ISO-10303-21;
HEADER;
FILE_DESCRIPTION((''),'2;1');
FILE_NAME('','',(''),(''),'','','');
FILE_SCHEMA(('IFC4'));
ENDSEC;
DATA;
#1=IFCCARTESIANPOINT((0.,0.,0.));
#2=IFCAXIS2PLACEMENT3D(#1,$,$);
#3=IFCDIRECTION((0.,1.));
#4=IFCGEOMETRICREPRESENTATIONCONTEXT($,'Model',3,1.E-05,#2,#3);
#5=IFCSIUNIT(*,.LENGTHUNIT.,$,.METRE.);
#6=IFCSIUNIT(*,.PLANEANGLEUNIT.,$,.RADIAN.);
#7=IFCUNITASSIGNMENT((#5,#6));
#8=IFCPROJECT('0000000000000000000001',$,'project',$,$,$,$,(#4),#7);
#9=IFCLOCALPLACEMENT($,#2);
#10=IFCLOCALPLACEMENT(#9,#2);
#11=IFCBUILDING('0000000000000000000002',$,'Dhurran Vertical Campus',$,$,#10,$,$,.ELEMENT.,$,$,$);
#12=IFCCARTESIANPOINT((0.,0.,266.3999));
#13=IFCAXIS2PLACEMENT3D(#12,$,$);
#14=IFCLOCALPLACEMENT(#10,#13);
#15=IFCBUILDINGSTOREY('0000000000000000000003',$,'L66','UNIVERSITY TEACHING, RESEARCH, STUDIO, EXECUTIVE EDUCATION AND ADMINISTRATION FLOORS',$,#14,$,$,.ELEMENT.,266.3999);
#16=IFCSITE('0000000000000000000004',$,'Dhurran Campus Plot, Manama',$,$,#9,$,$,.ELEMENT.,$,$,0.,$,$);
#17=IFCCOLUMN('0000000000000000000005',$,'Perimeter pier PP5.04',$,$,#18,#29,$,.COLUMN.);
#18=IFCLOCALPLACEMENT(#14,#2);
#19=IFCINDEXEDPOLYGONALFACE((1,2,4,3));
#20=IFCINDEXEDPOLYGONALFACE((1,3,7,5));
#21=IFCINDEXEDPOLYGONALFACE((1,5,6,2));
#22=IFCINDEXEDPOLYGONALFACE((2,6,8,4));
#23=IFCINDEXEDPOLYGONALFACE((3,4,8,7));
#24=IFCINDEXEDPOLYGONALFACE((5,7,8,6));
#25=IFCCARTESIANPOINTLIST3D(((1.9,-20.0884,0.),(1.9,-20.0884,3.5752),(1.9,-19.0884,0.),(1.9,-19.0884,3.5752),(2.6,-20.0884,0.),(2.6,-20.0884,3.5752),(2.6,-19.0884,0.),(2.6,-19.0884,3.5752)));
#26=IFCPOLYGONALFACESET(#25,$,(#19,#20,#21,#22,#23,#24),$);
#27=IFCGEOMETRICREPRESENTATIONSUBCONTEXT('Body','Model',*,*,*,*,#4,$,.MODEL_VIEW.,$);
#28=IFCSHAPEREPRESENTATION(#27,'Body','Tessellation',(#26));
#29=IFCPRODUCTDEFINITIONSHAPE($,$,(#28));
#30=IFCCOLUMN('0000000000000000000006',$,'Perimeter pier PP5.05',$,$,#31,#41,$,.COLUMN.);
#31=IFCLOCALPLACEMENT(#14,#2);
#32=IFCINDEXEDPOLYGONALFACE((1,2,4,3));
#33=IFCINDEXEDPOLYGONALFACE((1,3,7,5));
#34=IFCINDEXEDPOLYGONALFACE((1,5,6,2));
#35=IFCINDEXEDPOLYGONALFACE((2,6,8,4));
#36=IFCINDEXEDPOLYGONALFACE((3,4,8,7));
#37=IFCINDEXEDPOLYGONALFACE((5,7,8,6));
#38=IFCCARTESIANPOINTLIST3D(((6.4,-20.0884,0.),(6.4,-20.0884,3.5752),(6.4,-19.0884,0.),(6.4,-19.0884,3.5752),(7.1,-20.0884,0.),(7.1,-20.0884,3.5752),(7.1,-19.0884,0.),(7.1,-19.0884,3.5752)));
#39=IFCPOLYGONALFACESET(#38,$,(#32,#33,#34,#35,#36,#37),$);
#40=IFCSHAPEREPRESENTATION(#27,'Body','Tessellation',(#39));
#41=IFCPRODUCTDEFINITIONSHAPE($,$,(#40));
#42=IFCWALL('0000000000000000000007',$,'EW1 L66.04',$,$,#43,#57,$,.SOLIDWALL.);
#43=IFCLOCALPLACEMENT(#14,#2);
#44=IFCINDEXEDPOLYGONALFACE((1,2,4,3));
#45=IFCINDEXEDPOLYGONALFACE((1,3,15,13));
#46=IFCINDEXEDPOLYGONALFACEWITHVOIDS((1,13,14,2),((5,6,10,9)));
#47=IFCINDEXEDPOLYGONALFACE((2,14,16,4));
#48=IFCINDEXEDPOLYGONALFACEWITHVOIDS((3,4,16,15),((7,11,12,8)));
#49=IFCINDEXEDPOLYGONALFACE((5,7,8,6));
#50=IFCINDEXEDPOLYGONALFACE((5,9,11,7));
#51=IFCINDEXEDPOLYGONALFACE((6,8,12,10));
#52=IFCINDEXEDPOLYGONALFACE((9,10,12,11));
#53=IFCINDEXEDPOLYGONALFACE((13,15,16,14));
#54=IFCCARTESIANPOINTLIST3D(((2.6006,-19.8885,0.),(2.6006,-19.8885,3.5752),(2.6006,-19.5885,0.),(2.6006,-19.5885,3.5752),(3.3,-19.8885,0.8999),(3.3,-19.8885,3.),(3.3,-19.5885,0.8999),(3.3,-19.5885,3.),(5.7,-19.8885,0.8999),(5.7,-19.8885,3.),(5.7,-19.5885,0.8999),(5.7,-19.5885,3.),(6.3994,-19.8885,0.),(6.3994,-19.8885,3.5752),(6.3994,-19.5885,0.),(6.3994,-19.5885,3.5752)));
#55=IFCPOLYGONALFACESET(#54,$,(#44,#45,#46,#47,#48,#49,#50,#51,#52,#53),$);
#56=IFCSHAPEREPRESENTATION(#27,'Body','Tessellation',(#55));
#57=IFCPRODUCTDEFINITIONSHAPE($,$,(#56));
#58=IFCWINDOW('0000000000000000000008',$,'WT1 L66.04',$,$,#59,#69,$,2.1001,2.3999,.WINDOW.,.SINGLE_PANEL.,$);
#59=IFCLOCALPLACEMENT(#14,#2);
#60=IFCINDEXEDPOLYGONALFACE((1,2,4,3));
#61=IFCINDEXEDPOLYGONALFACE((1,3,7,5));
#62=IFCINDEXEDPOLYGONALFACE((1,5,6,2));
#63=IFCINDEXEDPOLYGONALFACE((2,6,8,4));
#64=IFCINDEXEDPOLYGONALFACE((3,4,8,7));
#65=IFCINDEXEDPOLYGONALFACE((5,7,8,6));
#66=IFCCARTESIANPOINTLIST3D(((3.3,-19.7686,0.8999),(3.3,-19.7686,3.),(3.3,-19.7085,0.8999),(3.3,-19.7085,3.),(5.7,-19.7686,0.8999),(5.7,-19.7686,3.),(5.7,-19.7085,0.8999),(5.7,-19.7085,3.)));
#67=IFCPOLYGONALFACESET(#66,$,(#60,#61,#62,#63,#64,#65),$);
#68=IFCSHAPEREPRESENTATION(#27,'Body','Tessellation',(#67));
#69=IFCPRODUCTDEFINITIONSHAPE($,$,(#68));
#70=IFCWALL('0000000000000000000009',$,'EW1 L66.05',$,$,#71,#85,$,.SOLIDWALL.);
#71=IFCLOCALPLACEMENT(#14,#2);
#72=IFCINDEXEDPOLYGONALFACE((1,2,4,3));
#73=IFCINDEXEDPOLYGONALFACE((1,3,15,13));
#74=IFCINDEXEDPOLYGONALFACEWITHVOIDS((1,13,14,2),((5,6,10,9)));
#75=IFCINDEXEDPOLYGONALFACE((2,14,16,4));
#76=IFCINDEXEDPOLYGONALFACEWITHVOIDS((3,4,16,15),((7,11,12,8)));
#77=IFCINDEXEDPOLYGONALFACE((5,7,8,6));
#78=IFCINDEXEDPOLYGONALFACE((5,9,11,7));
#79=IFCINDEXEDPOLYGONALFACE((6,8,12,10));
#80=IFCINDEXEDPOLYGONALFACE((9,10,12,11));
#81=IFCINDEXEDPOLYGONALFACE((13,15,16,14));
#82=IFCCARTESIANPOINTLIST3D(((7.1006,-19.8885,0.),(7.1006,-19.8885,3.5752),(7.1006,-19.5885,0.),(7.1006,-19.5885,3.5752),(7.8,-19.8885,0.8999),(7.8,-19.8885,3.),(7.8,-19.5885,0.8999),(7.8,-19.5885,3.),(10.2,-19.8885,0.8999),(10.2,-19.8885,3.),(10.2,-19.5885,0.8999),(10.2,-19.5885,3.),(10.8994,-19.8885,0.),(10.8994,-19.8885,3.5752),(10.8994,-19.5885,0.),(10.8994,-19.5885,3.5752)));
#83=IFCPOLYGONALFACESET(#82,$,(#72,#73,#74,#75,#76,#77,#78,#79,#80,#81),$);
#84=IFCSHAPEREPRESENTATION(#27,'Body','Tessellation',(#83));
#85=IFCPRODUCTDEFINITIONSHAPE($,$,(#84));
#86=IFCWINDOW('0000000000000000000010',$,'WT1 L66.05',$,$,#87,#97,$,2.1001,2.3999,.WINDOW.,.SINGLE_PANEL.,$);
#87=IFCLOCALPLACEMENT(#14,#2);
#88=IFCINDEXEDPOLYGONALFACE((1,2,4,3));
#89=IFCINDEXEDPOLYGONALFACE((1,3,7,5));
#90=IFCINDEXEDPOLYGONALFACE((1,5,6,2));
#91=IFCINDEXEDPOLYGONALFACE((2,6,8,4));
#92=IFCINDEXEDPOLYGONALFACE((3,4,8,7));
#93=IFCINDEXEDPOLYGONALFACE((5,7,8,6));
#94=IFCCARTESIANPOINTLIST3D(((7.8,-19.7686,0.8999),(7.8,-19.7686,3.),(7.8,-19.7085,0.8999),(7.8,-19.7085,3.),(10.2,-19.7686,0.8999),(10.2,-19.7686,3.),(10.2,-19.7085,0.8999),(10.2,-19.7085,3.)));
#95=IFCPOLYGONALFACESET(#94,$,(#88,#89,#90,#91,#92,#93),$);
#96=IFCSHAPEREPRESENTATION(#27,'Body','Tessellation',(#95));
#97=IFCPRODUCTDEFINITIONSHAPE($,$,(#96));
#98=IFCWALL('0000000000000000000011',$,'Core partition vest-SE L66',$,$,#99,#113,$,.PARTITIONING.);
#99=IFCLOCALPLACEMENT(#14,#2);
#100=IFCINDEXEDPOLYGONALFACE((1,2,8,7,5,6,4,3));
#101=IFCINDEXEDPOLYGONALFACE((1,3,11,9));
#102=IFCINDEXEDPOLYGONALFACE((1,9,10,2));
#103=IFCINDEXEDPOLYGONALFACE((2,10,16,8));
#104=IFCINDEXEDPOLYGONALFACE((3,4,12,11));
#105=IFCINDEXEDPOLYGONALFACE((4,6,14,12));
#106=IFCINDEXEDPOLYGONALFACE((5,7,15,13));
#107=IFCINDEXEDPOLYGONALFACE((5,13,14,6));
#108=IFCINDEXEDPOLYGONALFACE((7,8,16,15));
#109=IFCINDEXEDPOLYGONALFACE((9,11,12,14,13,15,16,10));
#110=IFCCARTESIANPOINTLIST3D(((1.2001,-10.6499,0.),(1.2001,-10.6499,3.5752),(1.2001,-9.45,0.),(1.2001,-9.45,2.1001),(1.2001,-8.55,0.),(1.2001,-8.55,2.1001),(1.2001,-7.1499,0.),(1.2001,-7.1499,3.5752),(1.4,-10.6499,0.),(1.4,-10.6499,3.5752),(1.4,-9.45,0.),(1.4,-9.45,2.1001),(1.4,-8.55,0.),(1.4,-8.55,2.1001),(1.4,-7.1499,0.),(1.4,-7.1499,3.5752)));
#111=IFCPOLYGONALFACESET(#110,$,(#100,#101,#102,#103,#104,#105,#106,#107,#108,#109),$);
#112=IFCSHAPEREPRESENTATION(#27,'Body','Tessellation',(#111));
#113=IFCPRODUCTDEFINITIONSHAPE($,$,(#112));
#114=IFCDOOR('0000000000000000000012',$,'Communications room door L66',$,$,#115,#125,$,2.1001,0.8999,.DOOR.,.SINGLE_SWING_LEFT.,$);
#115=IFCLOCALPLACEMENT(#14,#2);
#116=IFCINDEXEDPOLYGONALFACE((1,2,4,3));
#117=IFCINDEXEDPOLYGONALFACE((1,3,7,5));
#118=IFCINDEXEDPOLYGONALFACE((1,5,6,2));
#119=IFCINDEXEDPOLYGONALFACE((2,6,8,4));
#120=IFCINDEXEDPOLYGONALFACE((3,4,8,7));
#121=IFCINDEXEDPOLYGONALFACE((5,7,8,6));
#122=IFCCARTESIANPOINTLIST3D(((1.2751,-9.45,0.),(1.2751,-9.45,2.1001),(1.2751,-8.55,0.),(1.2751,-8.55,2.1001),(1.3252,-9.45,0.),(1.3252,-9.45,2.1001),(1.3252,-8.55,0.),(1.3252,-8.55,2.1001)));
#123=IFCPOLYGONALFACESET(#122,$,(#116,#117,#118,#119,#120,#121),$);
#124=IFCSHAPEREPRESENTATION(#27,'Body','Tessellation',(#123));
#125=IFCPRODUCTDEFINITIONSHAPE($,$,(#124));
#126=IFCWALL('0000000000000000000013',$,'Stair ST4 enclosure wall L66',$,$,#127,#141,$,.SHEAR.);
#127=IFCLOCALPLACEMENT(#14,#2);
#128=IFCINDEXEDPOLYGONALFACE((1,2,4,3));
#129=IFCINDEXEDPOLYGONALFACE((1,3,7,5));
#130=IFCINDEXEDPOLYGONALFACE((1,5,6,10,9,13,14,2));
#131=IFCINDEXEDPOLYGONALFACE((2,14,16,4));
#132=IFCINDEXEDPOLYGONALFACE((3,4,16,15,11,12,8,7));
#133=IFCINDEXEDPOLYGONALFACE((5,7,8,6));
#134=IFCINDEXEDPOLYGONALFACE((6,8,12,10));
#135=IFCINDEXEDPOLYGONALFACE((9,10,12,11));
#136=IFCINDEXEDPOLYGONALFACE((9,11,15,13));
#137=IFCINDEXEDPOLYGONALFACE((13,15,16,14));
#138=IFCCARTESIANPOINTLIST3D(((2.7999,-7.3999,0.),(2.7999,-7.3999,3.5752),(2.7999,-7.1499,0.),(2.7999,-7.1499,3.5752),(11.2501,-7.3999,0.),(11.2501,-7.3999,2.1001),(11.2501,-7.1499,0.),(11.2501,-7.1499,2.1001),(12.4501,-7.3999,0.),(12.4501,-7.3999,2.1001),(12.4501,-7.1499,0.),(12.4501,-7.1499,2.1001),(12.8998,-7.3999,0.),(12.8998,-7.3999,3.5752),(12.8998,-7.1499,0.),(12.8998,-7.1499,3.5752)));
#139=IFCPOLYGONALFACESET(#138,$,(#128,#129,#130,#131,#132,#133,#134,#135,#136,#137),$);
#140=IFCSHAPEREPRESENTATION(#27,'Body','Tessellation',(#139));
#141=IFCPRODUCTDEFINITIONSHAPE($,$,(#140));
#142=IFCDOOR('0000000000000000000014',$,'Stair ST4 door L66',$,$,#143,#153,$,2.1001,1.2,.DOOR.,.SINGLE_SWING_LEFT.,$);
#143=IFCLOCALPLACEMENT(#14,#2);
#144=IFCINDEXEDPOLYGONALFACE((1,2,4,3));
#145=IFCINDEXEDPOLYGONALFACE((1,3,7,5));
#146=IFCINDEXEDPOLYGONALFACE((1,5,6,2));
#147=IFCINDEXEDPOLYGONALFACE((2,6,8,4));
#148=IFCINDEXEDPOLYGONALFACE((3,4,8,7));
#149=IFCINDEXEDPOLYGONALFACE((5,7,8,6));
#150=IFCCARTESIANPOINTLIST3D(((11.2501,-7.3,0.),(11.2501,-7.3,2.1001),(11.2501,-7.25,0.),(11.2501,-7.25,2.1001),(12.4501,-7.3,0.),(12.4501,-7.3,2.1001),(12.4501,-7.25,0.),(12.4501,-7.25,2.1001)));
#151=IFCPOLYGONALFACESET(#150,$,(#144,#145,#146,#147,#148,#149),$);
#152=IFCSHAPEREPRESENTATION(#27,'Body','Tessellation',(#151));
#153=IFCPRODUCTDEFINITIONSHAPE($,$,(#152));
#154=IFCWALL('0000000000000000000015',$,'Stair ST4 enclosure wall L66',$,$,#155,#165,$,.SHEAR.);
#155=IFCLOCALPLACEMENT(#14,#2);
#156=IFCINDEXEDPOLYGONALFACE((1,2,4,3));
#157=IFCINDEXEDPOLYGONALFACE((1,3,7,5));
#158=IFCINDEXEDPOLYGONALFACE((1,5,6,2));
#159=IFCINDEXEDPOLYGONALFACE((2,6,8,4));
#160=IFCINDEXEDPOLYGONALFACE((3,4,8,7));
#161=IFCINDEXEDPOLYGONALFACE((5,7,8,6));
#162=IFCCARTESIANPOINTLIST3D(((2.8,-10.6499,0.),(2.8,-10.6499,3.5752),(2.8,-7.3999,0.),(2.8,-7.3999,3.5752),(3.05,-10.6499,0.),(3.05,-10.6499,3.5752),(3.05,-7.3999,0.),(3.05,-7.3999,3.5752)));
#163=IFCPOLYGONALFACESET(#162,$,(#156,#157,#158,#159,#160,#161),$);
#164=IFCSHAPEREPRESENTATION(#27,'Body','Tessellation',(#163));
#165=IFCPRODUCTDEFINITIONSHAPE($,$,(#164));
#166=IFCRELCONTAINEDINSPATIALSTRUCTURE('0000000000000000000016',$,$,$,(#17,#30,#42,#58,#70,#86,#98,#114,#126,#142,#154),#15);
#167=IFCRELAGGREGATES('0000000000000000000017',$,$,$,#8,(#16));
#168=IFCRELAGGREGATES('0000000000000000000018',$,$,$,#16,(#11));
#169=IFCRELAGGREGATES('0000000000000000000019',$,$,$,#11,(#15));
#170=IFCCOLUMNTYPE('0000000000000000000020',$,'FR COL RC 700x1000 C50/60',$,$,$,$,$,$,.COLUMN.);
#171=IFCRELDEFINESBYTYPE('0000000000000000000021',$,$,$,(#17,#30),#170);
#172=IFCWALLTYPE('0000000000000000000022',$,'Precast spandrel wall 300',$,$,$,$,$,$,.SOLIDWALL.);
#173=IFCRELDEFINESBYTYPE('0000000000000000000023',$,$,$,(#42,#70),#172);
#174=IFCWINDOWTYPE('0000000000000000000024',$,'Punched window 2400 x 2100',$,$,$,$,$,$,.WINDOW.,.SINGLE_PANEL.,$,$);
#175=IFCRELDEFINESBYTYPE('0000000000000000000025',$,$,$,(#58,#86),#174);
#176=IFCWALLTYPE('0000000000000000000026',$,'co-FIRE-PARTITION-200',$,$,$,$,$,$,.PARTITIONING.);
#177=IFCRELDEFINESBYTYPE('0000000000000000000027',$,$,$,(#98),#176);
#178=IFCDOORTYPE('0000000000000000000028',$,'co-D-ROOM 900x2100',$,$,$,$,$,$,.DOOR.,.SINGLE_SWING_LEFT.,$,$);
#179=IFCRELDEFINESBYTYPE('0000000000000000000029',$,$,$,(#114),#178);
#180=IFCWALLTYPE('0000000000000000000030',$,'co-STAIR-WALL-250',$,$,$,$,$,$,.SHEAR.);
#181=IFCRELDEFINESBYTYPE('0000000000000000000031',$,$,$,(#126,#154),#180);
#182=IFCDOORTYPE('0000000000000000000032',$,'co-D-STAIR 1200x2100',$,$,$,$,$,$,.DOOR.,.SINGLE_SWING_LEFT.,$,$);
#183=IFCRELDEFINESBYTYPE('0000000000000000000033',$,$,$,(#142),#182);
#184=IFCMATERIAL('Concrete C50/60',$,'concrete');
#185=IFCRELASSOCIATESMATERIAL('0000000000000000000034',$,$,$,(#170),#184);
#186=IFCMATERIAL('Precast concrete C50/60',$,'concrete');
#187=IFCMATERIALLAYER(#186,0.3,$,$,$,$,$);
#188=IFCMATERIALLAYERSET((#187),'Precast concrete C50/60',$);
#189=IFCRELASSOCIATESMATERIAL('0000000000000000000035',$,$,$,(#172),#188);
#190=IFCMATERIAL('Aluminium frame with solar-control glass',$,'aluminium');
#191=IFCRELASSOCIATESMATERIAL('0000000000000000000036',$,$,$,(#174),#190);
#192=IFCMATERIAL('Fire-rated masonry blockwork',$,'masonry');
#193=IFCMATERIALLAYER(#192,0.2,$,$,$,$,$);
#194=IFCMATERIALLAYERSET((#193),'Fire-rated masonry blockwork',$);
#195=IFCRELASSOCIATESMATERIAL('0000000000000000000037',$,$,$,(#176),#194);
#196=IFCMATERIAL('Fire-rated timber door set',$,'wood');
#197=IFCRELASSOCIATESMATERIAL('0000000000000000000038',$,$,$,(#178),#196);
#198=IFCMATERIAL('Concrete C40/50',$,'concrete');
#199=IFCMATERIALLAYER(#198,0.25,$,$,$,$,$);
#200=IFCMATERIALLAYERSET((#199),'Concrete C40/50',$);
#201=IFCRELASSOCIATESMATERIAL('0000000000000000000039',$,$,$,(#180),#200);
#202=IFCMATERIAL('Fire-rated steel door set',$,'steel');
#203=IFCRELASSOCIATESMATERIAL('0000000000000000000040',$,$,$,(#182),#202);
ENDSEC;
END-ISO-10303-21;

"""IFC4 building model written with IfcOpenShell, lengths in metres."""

from ifc_helpers import new_model, si_unit, direction, frame, frame_2d, origin, origin_2d, place, context, subcontext, project, spatial, rectangle, extrude, material, layer, layer_set, material_profile, profile_set, type_object, element, fill, save


model = new_model("IFC4")

# Units and contexts
model_context = context("Model", 3, precision=1e-05, world=origin(), true_north=direction((0.0, 1.0)))
body_context = subcontext(model_context, "Body", "Model", "MODEL_VIEW")
ifc_project = project(units=[si_unit("LENGTHUNIT", "METRE"), si_unit("PLANEANGLEUNIT", "RADIAN")], contexts=[model_context])

# Site, building, storey
site_placement = place(None, origin())
site = spatial("IfcSite", under=ifc_project, at=site_placement, Name="Dhurran Campus Plot, Manama", CompositionType="ELEMENT", RefElevation=0.0)
building_placement = place(site_placement, origin())
building = spatial("IfcBuilding", under=site, at=building_placement, Name="Dhurran Vertical Campus", CompositionType="ELEMENT")
storey_placement = place(building_placement, frame((0.0, 0.0, 266.3999)))
storey = spatial("IfcBuildingStorey", under=building, at=storey_placement, Name="L66", Description="UNIVERSITY TEACHING, RESEARCH, STUDIO, EXECUTIVE EDUCATION AND ADMINISTRATION FLOORS", CompositionType="ELEMENT", Elevation=266.3999)

# Columns
ifc_material_1 = material(Name="Concrete C50/60", Category="concrete")
ifc_material_profile = material_profile(ifc_material_1, rectangle(XDim=0.7, YDim=1.0, at=origin_2d()), Name="RC 700x1000")
ifc_profile_set = profile_set([ifc_material_profile], Name="Concrete C50/60")
column_type = type_object("IfcColumnType", Name="FR COL RC 700x1000 C50/60", PredefinedType="COLUMN", material=ifc_profile_set)
for number, where, z_axis, x_axis, name in (
    (1, (2.25, -19.5884, 0.0), (0.0, 0.0, 1.0), (1.0, 0.0, 0.0), "Perimeter pier PP5.04"),
    (2, (6.75, -19.5884, 0.0), (0.0, 0.0, 1.0), (1.0, 0.0, 0.0), "Perimeter pier PP5.05"),
):
    element("IfcColumn", number, at=place(storey_placement, frame(where, z_axis=z_axis, x_axis=x_axis)), inside=storey, type_object=column_type, Name=name, PredefinedType="COLUMN", context=body_context, shape_type="SweptSolid", body=[
        extrude(rectangle(XDim=0.7, YDim=1.0, at=origin_2d()), origin(), (0.0, 0.0, 1.0), 3.5752),
    ])

# Walls, openings, windows
ifc_material_2 = material(Name="Precast concrete C50/60", Category="concrete")
ifc_layer_1 = layer(ifc_material_2, 0.3)
ifc_layer_set_1 = layer_set([ifc_layer_1], Name="Precast concrete C50/60")
wall_type_1 = type_object("IfcWallType", Name="Precast spandrel wall 300", PredefinedType="SOLIDWALL", material=ifc_layer_set_1)
wall_1_placement = place(storey_placement, frame((2.6006, -19.7385, 0.0), z_axis=(0.0, 0.0, 1.0), x_axis=(1.0, 0.0, 0.0)))
wall_1 = element("IfcWall", 3, at=wall_1_placement, inside=storey, type_object=wall_type_1, Name="EW1 L66.04", PredefinedType="SOLIDWALL", context=body_context, shape_type="SweptSolid", body=[
    extrude(rectangle(XDim=3.7988, YDim=0.3, at=frame_2d((1.8994, 0.0))), origin(), (0.0, 0.0, 1.0), 3.5752),
])
opening_1_placement = place(wall_1_placement, frame((0.6995, 0.0, 0.8999)))
opening_1 = element("IfcOpeningElement", 4, at=opening_1_placement, cuts=wall_1, PredefinedType="OPENING", context=body_context, shape_type="SweptSolid", body=[
    extrude(rectangle(XDim=2.3999, YDim=2.1001, at=frame_2d((1.2, 1.05))), frame((0.0, 0.1599, 0.0), z_axis=(0.0, -1.0, 0.0), x_axis=(1.0, 0.0, 0.0)), (0.0, 0.0, 1.0), 0.3201),
])
ifc_material_3 = material(Name="Aluminium frame with solar-control glass", Category="aluminium")
window_type = type_object("IfcWindowType", Name="Punched window 2400 x 2100", PartitioningType="SINGLE_PANEL", PredefinedType="WINDOW", material=ifc_material_3)
window_1_placement = place(opening_1_placement, origin())
window_1 = element("IfcWindow", 5, at=window_1_placement, inside=storey, type_object=window_type, Name="WT1 L66.04", OverallHeight=2.1001, OverallWidth=2.3999, PartitioningType="SINGLE_PANEL", PredefinedType="WINDOW", context=body_context, shape_type="SweptSolid", body=[
    extrude(rectangle(XDim=2.3999, YDim=2.1001, at=frame_2d((1.2, 1.05))), frame((0.0, 0.03, 0.0), z_axis=(0.0, -1.0, 0.0), x_axis=(1.0, 0.0, 0.0)), (0.0, 0.0, 1.0), 0.0601),
])
fill(opening_1, window_1)
wall_2_placement = place(storey_placement, frame((7.1006, -19.7385, 0.0), z_axis=(0.0, 0.0, 1.0), x_axis=(1.0, 0.0, 0.0)))
wall_2 = element("IfcWall", 6, at=wall_2_placement, inside=storey, type_object=wall_type_1, Name="EW1 L66.05", PredefinedType="SOLIDWALL", context=body_context, shape_type="SweptSolid", body=[
    extrude(rectangle(XDim=3.7988, YDim=0.3, at=frame_2d((1.8994, 0.0))), origin(), (0.0, 0.0, 1.0), 3.5752),
])
opening_2_placement = place(wall_2_placement, frame((0.6995, 0.0, 0.8999)))
opening_2 = element("IfcOpeningElement", 7, at=opening_2_placement, cuts=wall_2, PredefinedType="OPENING", context=body_context, shape_type="SweptSolid", body=[
    extrude(rectangle(XDim=2.3999, YDim=2.1001, at=frame_2d((1.2, 1.05))), frame((0.0, 0.1599, 0.0), z_axis=(0.0, -1.0, 0.0), x_axis=(1.0, 0.0, 0.0)), (0.0, 0.0, 1.0), 0.3201),
])
window_2_placement = place(opening_2_placement, origin())
window_2 = element("IfcWindow", 8, at=window_2_placement, inside=storey, type_object=window_type, Name="WT1 L66.05", OverallHeight=2.1001, OverallWidth=2.3999, PartitioningType="SINGLE_PANEL", PredefinedType="WINDOW", context=body_context, shape_type="SweptSolid", body=[
    extrude(rectangle(XDim=2.3999, YDim=2.1001, at=frame_2d((1.2, 1.05))), frame((0.0, 0.03, 0.0), z_axis=(0.0, -1.0, 0.0), x_axis=(1.0, 0.0, 0.0)), (0.0, 0.0, 1.0), 0.0601),
])
fill(opening_2, window_2)

# Walls, openings, doors
ifc_material_4 = material(Name="Fire-rated masonry blockwork", Category="masonry")
ifc_layer_2 = layer(ifc_material_4, 0.2)
ifc_layer_set_2 = layer_set([ifc_layer_2], Name="Fire-rated masonry blockwork")
wall_type_2 = type_object("IfcWallType", Name="co-FIRE-PARTITION-200", PredefinedType="PARTITIONING", material=ifc_layer_set_2)
wall_3_placement = place(storey_placement, frame((1.3, -10.6499, 0.0), z_axis=(0.0, 0.0, 1.0), x_axis=(0.0, 1.0, 0.0)))
wall_3 = element("IfcWall", 9, at=wall_3_placement, inside=storey, type_object=wall_type_2, Name="Core partition vest-SE L66", PredefinedType="PARTITIONING", context=body_context, shape_type="SweptSolid", body=[
    extrude(rectangle(XDim=3.5, YDim=0.2, at=frame_2d((1.75, 0.0))), origin(), (0.0, 0.0, 1.0), 3.5752),
])
opening_3_placement = place(wall_3_placement, frame((1.2, 0.0, 0.0)))
opening_3 = element("IfcOpeningElement", 10, at=opening_3_placement, cuts=wall_3, PredefinedType="OPENING", context=body_context, shape_type="SweptSolid", body=[
    extrude(rectangle(XDim=0.8999, YDim=2.1001, at=frame_2d((0.45, 1.05))), frame((0.0, 0.1099, 0.0), z_axis=(0.0, -1.0, 0.0), x_axis=(1.0, 0.0, 0.0)), (0.0, 0.0, 1.0), 0.22),
])
ifc_material_5 = material(Name="Fire-rated timber door set", Category="wood")
door_type_1 = type_object("IfcDoorType", Name="co-D-ROOM 900x2100", OperationType="SINGLE_SWING_LEFT", PredefinedType="DOOR", material=ifc_material_5)
door_1_placement = place(opening_3_placement, origin())
door_1 = element("IfcDoor", 11, at=door_1_placement, inside=storey, type_object=door_type_1, Name="Communications room door L66", OperationType="SINGLE_SWING_LEFT", OverallHeight=2.1001, OverallWidth=0.8999, PredefinedType="DOOR", context=body_context, shape_type="SweptSolid", body=[
    extrude(rectangle(XDim=0.8999, YDim=2.1001, at=frame_2d((0.45, 1.05))), frame((0.0, 0.0249, 0.0), z_axis=(0.0, -1.0, 0.0), x_axis=(1.0, 0.0, 0.0)), (0.0, 0.0, 1.0), 0.05),
])
fill(opening_3, door_1)
ifc_material_6 = material(Name="Concrete C40/50", Category="concrete")
ifc_layer_3 = layer(ifc_material_6, 0.25)
ifc_layer_set_3 = layer_set([ifc_layer_3], Name="Concrete C40/50")
wall_type_3 = type_object("IfcWallType", Name="co-STAIR-WALL-250", PredefinedType="SHEAR", material=ifc_layer_set_3)
wall_4_placement = place(storey_placement, frame((2.8, -7.2749, 0.0), z_axis=(0.0, 0.0, 1.0), x_axis=(1.0, 0.0, 0.0)))
wall_4 = element("IfcWall", 12, at=wall_4_placement, inside=storey, type_object=wall_type_3, Name="Stair ST4 enclosure wall L66", PredefinedType="SHEAR", context=body_context, shape_type="SweptSolid", body=[
    extrude(rectangle(XDim=10.0999, YDim=0.25, at=frame_2d((5.0498, 0.0))), origin(), (0.0, 0.0, 1.0), 3.5752),
])
opening_4_placement = place(wall_4_placement, frame((8.45, 0.0, 0.0)))
opening_4 = element("IfcOpeningElement", 13, at=opening_4_placement, cuts=wall_4, PredefinedType="OPENING", context=body_context, shape_type="SweptSolid", body=[
    extrude(rectangle(XDim=1.2, YDim=2.1001, at=frame_2d((0.6001, 1.05))), frame((0.0, 0.135, 0.0), z_axis=(0.0, -1.0, 0.0), x_axis=(1.0, 0.0, 0.0)), (0.0, 0.0, 1.0), 0.27),
])
ifc_material_7 = material(Name="Fire-rated steel door set", Category="steel")
door_type_2 = type_object("IfcDoorType", Name="co-D-STAIR 1200x2100", OperationType="SINGLE_SWING_LEFT", PredefinedType="DOOR", material=ifc_material_7)
door_2_placement = place(opening_4_placement, origin())
door_2 = element("IfcDoor", 14, at=door_2_placement, inside=storey, type_object=door_type_2, Name="Stair ST4 door L66", OperationType="SINGLE_SWING_LEFT", OverallHeight=2.1001, OverallWidth=1.2, PredefinedType="DOOR", context=body_context, shape_type="SweptSolid", body=[
    extrude(rectangle(XDim=1.2, YDim=2.1001, at=frame_2d((0.6001, 1.05))), frame((0.0, 0.0249, 0.0), z_axis=(0.0, -1.0, 0.0), x_axis=(1.0, 0.0, 0.0)), (0.0, 0.0, 1.0), 0.05),
])
fill(opening_4, door_2)

# Wall
wall_5_placement = place(storey_placement, frame((2.925, -10.6499, 0.0), z_axis=(0.0, 0.0, 1.0), x_axis=(0.0, 1.0, 0.0)))
element("IfcWall", 15, at=wall_5_placement, inside=storey, type_object=wall_type_3, Name="Stair ST4 enclosure wall L66", PredefinedType="SHEAR", context=body_context, shape_type="SweptSolid", body=[
    extrude(rectangle(XDim=3.25, YDim=0.25, at=frame_2d((1.625, 0.0))), origin(), (0.0, 0.0, 1.0), 3.5752),
])

save(model, "model.ifc")
